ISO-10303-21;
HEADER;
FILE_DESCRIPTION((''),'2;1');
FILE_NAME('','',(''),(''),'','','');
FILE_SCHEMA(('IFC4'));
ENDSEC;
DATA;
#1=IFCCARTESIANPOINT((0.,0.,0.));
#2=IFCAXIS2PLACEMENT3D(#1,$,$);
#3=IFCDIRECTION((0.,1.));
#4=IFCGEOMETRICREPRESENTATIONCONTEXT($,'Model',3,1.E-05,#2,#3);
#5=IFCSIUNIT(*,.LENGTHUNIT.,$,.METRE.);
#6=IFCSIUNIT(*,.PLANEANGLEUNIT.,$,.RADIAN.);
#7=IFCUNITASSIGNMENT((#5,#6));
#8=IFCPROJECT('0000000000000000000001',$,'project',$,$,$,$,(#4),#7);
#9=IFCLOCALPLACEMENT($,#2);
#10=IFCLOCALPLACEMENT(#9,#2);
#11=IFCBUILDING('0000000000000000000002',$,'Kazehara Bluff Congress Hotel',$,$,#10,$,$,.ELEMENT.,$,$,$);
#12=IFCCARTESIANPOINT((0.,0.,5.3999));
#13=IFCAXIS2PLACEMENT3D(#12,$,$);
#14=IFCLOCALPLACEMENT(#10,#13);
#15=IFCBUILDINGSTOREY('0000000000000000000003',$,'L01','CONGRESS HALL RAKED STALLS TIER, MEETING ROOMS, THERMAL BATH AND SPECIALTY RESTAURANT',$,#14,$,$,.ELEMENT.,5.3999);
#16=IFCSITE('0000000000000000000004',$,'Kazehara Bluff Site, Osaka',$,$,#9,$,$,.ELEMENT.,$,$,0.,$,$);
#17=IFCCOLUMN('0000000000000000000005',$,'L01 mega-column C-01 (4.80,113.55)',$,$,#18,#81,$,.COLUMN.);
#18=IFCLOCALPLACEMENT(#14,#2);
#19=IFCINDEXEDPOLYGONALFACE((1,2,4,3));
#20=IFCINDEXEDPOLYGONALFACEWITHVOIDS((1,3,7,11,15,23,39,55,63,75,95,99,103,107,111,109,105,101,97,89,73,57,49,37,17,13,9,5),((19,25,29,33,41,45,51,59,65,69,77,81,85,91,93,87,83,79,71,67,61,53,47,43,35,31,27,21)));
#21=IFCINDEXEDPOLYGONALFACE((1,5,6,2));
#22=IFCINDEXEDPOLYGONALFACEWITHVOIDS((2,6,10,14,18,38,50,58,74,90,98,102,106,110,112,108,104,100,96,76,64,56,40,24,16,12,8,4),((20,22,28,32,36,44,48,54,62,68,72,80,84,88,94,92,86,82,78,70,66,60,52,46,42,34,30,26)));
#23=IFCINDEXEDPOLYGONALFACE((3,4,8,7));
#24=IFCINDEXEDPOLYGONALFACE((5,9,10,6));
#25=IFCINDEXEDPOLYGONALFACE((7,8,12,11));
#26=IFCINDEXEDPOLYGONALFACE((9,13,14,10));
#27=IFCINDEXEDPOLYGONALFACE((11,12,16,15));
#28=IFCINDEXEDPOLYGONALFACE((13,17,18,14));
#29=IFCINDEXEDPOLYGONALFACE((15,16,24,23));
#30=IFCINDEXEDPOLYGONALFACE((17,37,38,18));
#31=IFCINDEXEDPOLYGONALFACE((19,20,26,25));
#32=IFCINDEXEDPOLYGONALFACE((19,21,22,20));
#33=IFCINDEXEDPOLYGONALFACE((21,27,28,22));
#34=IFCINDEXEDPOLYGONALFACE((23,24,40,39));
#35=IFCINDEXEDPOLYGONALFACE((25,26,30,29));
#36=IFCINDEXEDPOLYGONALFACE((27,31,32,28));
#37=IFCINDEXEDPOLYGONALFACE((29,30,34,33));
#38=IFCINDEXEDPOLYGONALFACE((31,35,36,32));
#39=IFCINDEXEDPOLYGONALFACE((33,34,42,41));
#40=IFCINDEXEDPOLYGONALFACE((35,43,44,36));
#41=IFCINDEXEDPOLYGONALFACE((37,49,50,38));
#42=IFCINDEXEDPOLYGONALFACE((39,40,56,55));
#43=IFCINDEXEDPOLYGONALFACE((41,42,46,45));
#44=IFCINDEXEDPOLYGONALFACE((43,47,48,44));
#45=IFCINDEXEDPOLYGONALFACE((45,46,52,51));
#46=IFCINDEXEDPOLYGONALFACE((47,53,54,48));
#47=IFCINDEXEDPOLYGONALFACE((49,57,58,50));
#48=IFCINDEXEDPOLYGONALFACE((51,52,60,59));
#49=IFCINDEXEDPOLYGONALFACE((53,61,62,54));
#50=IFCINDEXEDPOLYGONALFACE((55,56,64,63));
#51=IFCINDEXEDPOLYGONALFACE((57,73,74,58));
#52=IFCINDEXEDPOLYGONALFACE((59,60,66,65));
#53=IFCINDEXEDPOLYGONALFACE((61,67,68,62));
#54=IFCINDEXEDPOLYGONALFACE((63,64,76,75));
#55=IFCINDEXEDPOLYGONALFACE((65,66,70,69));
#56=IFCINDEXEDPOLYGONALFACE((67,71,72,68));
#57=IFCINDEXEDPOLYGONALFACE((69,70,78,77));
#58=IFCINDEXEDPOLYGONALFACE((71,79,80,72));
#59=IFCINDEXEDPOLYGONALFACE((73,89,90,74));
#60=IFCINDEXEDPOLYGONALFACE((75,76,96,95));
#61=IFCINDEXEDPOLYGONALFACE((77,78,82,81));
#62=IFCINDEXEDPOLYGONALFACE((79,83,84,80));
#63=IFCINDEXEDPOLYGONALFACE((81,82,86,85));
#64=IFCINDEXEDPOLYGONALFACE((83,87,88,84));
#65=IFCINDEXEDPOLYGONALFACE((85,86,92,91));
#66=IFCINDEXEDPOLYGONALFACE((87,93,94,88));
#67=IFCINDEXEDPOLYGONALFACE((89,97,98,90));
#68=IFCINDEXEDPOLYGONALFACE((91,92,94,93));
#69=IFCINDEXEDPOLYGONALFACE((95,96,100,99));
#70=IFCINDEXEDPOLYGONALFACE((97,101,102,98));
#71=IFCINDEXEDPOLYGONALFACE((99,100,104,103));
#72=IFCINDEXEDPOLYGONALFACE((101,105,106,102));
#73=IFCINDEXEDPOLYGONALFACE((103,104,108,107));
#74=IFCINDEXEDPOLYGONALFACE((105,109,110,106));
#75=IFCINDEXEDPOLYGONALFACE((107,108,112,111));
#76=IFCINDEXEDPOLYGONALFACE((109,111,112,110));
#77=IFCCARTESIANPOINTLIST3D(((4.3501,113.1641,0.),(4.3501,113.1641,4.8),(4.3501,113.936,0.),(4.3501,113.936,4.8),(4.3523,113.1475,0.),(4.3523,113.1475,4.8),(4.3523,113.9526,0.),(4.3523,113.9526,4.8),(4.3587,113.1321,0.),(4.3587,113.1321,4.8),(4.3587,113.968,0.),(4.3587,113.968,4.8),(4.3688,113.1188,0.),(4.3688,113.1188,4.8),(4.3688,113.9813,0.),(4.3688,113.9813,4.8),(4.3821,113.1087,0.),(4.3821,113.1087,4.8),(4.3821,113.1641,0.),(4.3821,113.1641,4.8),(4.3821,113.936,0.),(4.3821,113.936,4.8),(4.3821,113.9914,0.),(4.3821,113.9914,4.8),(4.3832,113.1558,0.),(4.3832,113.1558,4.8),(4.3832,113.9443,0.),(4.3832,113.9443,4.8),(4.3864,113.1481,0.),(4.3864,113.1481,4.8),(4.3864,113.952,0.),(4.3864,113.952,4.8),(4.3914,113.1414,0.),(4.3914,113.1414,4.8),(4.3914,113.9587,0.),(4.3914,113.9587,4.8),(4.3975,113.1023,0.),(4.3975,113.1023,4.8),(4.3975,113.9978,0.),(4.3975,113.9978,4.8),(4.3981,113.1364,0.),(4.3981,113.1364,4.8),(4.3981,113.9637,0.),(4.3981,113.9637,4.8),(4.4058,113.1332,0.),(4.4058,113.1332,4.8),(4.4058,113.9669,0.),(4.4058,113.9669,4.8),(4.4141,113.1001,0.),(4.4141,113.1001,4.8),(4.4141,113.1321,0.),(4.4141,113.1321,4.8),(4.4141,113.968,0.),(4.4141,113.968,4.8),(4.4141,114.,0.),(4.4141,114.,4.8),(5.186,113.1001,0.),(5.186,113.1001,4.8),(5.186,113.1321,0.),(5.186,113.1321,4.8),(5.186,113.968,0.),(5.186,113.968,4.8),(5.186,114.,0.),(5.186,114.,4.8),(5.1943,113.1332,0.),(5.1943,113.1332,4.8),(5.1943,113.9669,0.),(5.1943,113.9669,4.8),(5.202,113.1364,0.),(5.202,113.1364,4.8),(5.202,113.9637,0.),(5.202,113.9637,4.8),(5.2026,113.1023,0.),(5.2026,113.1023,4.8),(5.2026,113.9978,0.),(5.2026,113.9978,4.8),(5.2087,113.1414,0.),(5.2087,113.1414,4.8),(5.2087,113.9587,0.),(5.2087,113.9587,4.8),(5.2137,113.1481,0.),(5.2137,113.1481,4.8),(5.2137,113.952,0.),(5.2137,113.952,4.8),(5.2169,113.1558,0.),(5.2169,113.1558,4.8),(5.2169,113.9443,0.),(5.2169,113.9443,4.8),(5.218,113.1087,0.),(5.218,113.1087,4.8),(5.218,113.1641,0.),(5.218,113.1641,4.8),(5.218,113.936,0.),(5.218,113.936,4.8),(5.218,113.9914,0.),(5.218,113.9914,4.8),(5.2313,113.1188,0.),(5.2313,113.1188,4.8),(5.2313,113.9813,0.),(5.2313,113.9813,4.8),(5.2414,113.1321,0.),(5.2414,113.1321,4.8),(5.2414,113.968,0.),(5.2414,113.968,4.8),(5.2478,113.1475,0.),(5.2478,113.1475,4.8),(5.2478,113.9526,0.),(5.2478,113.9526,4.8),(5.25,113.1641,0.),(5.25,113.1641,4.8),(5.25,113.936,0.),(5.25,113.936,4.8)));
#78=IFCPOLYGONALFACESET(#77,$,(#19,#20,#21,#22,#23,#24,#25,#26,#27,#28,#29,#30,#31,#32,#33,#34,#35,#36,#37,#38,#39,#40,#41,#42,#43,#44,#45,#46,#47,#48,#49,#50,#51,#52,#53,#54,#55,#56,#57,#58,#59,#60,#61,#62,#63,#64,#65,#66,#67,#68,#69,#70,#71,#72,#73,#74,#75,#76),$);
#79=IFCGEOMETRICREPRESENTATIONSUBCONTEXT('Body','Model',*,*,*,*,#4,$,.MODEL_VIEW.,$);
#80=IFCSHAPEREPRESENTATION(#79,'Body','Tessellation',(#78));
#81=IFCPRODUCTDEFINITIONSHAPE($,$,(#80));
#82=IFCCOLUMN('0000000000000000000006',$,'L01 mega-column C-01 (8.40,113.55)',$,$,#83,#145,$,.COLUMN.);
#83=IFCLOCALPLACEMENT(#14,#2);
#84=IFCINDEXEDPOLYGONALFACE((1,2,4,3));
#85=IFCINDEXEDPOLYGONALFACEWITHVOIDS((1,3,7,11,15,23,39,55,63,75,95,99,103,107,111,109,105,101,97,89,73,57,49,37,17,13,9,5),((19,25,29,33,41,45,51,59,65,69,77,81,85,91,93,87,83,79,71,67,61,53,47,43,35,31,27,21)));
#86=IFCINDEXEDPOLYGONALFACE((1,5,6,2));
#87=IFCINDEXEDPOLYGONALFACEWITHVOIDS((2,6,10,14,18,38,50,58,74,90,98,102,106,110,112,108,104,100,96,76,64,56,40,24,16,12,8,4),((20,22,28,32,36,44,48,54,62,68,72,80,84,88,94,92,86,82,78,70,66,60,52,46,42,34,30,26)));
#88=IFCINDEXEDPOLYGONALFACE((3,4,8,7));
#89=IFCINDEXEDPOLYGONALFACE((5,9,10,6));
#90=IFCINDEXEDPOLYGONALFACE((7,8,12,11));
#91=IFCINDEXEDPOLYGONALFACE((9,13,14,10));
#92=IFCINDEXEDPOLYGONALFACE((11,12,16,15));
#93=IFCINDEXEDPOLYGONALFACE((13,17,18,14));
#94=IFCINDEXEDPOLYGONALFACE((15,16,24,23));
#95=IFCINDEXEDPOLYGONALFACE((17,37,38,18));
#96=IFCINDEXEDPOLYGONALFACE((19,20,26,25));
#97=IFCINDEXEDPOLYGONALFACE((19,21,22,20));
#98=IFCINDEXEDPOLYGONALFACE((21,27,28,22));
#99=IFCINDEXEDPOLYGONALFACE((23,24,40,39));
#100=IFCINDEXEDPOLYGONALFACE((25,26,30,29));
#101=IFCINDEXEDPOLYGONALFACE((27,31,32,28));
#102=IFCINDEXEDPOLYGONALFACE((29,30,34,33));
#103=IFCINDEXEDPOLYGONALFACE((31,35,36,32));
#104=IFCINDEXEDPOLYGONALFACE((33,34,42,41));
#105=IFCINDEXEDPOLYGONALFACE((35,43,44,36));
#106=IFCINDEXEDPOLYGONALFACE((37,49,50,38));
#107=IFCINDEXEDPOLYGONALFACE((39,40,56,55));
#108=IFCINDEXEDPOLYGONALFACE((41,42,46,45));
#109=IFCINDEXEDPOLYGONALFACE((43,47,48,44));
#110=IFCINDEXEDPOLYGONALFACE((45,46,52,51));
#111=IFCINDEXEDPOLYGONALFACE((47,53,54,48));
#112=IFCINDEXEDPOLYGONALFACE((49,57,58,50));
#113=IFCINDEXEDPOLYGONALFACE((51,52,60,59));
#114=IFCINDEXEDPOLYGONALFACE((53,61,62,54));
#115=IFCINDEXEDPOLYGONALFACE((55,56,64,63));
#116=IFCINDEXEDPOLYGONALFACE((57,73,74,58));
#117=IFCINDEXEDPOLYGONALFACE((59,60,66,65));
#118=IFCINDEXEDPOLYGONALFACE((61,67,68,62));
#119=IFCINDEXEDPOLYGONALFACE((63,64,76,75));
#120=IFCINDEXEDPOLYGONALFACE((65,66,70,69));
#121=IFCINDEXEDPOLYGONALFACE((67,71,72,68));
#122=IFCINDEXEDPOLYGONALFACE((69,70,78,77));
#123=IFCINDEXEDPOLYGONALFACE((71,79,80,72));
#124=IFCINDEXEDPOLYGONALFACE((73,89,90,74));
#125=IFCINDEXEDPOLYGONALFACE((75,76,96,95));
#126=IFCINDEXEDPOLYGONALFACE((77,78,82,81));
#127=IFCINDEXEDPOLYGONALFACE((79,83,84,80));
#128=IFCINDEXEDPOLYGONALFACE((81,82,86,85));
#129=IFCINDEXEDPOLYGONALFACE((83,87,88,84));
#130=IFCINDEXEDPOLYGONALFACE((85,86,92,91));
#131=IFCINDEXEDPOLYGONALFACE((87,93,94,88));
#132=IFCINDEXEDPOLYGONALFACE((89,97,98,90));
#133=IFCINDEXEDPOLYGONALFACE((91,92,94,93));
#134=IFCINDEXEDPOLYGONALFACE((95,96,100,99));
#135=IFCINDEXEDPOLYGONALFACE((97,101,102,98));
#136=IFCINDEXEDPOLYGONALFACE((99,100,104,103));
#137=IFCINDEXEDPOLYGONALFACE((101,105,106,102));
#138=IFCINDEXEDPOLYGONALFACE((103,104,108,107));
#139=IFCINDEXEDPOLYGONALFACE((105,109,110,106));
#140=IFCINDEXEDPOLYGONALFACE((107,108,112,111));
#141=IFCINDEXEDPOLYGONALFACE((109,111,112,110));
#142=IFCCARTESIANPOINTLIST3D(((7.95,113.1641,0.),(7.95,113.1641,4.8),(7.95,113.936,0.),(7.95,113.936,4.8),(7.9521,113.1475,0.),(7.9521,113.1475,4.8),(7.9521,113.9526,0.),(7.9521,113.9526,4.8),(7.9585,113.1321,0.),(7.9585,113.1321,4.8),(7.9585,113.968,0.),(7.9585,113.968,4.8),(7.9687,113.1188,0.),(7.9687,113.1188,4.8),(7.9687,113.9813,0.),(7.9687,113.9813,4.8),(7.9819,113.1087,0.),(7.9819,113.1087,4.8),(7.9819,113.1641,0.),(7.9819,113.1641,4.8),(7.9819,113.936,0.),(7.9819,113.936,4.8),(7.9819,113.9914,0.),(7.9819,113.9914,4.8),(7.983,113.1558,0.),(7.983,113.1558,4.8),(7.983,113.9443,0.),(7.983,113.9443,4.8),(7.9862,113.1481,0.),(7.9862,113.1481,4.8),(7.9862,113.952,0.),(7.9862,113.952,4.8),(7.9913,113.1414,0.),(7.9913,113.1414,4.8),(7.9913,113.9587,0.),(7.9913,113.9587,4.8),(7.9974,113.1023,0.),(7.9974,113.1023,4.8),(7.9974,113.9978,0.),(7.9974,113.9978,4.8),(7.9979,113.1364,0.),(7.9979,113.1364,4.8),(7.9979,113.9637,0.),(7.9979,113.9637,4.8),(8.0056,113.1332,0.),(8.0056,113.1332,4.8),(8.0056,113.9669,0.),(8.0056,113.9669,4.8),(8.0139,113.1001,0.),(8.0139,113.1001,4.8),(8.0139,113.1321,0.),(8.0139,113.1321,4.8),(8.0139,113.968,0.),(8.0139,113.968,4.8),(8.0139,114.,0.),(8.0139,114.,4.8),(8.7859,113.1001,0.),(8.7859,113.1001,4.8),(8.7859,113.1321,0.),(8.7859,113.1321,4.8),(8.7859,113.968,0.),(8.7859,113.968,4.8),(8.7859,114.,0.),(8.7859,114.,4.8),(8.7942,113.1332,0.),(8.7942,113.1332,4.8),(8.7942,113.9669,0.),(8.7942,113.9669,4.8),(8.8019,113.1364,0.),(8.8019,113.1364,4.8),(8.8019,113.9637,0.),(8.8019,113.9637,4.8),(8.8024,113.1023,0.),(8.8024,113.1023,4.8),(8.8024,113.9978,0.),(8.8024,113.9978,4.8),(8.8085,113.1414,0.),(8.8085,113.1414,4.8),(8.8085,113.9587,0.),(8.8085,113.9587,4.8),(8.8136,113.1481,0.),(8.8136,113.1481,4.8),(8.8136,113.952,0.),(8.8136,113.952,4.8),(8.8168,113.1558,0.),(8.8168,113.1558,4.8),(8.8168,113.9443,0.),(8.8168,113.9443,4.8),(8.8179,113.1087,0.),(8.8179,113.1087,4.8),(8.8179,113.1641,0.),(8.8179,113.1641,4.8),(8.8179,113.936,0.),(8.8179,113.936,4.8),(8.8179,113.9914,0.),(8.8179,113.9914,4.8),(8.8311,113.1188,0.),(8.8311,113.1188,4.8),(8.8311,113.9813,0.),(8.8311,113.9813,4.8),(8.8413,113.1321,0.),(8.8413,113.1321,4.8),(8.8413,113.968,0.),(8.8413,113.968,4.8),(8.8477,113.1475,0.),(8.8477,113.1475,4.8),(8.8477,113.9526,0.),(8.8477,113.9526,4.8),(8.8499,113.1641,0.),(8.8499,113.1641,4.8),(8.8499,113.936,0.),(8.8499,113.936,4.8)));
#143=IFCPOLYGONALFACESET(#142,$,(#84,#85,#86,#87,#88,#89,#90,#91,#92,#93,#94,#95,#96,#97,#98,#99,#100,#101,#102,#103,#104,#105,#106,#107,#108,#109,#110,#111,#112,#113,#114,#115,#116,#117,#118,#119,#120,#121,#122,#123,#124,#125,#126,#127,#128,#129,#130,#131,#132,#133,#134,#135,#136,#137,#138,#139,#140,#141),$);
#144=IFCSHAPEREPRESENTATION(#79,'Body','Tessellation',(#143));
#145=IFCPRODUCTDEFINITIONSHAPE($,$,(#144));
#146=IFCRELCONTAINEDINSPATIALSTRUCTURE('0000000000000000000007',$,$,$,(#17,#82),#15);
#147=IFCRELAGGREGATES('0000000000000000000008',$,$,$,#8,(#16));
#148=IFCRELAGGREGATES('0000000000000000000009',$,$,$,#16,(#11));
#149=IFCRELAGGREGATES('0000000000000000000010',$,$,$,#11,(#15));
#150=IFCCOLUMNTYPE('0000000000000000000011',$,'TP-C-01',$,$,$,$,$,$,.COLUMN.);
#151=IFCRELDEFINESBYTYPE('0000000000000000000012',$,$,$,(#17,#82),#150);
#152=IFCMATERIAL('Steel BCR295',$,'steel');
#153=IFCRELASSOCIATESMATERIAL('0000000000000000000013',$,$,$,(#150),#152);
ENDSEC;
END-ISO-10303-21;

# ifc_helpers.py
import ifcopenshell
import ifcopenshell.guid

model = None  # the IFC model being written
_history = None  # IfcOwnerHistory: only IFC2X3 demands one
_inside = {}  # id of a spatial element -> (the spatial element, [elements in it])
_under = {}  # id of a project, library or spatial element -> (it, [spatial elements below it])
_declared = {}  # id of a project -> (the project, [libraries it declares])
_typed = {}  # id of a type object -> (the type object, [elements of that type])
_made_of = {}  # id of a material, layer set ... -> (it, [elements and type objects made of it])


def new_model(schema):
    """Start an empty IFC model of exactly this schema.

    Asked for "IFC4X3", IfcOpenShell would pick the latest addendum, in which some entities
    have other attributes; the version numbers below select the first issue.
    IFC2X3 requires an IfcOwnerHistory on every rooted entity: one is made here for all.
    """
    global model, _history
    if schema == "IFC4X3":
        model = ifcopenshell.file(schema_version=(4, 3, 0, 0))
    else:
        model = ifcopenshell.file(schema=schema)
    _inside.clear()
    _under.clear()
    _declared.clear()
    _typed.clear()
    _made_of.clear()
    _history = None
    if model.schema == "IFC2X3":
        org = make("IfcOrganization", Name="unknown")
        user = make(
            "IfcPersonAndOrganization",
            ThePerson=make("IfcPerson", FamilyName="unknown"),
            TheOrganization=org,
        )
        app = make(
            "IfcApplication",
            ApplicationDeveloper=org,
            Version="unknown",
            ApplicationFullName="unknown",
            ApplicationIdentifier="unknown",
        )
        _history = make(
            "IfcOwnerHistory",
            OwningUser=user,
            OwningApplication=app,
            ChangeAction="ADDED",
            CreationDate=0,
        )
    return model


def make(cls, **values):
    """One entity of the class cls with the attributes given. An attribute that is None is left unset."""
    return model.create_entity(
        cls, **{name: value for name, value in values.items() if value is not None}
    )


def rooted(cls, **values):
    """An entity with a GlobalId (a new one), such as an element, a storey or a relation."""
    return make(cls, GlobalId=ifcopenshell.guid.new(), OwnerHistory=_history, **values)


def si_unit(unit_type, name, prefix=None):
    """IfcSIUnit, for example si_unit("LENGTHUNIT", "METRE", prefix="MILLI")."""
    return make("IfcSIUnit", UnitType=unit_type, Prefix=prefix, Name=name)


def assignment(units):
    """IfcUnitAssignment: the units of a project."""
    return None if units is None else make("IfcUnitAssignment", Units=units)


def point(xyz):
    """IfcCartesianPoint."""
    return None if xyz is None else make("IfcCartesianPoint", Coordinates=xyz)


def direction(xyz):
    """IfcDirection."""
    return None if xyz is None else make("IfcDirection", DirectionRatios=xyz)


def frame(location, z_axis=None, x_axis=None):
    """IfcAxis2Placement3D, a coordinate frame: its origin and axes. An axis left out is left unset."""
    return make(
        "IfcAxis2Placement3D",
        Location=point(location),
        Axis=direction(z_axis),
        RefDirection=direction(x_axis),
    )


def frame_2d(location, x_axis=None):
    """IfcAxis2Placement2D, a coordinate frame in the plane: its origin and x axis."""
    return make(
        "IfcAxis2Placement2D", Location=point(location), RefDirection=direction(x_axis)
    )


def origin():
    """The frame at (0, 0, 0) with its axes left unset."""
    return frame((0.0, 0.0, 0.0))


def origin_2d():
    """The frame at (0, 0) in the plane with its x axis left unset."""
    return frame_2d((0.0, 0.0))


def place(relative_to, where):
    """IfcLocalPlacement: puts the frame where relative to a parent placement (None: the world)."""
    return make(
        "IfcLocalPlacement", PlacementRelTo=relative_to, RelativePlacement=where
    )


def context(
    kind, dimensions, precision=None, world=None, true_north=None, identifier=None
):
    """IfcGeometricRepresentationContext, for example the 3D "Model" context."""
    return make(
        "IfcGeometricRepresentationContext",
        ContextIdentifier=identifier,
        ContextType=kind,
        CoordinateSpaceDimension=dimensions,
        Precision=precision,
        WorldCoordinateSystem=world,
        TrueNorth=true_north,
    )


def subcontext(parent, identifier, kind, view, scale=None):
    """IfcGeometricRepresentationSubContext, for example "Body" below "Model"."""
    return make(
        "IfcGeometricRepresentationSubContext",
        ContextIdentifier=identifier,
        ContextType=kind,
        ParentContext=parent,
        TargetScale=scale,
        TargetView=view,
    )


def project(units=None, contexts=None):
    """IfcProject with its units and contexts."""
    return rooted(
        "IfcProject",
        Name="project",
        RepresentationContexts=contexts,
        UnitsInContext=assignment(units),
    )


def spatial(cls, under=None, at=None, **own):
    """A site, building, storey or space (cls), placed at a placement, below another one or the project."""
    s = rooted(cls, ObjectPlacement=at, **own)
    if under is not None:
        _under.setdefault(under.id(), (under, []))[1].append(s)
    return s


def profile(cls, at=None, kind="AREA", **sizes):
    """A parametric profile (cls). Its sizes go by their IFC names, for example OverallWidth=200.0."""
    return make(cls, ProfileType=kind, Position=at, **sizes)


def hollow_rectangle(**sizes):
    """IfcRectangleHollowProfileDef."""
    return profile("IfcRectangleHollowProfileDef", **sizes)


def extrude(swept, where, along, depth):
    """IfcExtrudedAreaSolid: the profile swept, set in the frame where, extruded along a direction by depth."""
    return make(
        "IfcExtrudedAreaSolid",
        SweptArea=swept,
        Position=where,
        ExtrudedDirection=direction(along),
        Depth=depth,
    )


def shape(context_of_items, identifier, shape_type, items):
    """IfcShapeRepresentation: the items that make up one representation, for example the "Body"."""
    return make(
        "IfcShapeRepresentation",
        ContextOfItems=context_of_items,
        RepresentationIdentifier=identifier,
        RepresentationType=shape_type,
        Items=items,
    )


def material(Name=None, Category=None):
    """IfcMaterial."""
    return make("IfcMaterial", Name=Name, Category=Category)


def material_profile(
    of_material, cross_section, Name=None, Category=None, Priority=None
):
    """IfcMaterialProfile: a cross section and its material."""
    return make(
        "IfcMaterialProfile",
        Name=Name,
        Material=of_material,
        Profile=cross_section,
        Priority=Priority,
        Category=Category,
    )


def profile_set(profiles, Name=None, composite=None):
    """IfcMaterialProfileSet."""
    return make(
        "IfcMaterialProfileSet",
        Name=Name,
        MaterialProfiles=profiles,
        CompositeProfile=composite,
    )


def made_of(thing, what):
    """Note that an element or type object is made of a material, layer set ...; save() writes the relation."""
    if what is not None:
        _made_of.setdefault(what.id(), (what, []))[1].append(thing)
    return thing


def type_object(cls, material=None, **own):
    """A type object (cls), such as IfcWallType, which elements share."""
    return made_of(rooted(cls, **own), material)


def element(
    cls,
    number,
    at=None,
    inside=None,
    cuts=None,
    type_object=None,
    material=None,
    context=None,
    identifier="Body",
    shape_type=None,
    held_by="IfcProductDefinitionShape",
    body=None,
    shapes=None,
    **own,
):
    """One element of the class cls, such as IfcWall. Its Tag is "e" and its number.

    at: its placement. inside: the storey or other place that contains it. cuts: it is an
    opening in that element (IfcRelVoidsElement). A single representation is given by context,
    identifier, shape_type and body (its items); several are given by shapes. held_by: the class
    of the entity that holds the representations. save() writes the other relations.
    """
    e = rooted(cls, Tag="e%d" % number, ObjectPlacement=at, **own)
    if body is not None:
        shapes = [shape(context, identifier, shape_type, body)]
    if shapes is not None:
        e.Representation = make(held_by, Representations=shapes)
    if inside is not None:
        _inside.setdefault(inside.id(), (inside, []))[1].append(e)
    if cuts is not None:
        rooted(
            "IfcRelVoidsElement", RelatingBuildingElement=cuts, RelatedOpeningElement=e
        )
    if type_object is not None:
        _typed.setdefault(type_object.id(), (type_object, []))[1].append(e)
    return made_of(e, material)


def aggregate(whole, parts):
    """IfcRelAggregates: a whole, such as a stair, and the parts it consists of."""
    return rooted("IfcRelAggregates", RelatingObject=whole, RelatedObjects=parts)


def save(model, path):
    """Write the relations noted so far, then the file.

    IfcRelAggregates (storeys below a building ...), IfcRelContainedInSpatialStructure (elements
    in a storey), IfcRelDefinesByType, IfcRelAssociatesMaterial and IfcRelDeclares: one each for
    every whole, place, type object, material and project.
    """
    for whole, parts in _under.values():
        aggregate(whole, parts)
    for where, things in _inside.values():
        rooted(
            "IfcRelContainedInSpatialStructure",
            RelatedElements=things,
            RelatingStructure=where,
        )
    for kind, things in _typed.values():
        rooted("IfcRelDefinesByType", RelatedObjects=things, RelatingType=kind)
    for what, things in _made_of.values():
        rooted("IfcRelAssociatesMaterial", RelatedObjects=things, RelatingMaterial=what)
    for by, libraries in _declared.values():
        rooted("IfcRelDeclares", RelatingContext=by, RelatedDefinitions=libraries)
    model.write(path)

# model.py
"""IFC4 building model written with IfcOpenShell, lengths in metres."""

from ifc_helpers import new_model, si_unit, direction, frame, origin, origin_2d, place, context, subcontext, project, spatial, hollow_rectangle, extrude, material, material_profile, profile_set, type_object, element, save


model = new_model("IFC4")

# Units and contexts
model_context = context("Model", 3, precision=1e-05, world=origin(), true_north=direction((0.0, 1.0)))
body_context = subcontext(model_context, "Body", "Model", "MODEL_VIEW")
ifc_project = project(units=[si_unit("LENGTHUNIT", "METRE"), si_unit("PLANEANGLEUNIT", "RADIAN")], contexts=[model_context])

# Site, building, storey
site_placement = place(None, origin())
site = spatial("IfcSite", under=ifc_project, at=site_placement, Name="Kazehara Bluff Site, Osaka", CompositionType="ELEMENT", RefElevation=0.0)
building_placement = place(site_placement, origin())
building = spatial("IfcBuilding", under=site, at=building_placement, Name="Kazehara Bluff Congress Hotel", CompositionType="ELEMENT")
storey_placement = place(building_placement, frame((0.0, 0.0, 5.3999)))
storey = spatial("IfcBuildingStorey", under=building, at=storey_placement, Name="L01", Description="CONGRESS HALL RAKED STALLS TIER, MEETING ROOMS, THERMAL BATH AND SPECIALTY RESTAURANT", CompositionType="ELEMENT", Elevation=5.3999)

# Columns
ifc_material_1 = material(Name="Steel BCR295", Category="steel")
ifc_material_profile_1 = material_profile(ifc_material_1, hollow_rectangle(XDim=0.8999, YDim=0.8999, WallThickness=0.032, InnerFilletRadius=0.032, OuterFilletRadius=0.064, at=origin_2d()))
ifc_profile_set_1 = profile_set([ifc_material_profile_1], Name="Steel BCR295")
column_type = type_object("IfcColumnType", Name="TP-C-01", PredefinedType="COLUMN", material=ifc_profile_set_1)
for number, where, z_axis, x_axis, name in (
    (1, (4.8, 113.55, 0.0), (0.0, 0.0, 1.0), (1.0, 0.0, 0.0), "L01 mega-column C-01 (4.80,113.55)"),
    (2, (8.3999, 113.55, 0.0), (0.0, 0.0, 1.0), (1.0, 0.0, 0.0), "L01 mega-column C-01 (8.40,113.55)"),
):
    element("IfcColumn", number, at=place(storey_placement, frame(where, z_axis=z_axis, x_axis=x_axis)), inside=storey, type_object=column_type, Name=name, PredefinedType="COLUMN", context=body_context, shape_type="SweptSolid", body=[
        extrude(hollow_rectangle(XDim=0.8999, YDim=0.8999, WallThickness=0.032, InnerFilletRadius=0.032, OuterFilletRadius=0.064, at=origin_2d()), origin(), (0.0, 0.0, 1.0), 4.8),
    ])

save(model, "model.ifc")
